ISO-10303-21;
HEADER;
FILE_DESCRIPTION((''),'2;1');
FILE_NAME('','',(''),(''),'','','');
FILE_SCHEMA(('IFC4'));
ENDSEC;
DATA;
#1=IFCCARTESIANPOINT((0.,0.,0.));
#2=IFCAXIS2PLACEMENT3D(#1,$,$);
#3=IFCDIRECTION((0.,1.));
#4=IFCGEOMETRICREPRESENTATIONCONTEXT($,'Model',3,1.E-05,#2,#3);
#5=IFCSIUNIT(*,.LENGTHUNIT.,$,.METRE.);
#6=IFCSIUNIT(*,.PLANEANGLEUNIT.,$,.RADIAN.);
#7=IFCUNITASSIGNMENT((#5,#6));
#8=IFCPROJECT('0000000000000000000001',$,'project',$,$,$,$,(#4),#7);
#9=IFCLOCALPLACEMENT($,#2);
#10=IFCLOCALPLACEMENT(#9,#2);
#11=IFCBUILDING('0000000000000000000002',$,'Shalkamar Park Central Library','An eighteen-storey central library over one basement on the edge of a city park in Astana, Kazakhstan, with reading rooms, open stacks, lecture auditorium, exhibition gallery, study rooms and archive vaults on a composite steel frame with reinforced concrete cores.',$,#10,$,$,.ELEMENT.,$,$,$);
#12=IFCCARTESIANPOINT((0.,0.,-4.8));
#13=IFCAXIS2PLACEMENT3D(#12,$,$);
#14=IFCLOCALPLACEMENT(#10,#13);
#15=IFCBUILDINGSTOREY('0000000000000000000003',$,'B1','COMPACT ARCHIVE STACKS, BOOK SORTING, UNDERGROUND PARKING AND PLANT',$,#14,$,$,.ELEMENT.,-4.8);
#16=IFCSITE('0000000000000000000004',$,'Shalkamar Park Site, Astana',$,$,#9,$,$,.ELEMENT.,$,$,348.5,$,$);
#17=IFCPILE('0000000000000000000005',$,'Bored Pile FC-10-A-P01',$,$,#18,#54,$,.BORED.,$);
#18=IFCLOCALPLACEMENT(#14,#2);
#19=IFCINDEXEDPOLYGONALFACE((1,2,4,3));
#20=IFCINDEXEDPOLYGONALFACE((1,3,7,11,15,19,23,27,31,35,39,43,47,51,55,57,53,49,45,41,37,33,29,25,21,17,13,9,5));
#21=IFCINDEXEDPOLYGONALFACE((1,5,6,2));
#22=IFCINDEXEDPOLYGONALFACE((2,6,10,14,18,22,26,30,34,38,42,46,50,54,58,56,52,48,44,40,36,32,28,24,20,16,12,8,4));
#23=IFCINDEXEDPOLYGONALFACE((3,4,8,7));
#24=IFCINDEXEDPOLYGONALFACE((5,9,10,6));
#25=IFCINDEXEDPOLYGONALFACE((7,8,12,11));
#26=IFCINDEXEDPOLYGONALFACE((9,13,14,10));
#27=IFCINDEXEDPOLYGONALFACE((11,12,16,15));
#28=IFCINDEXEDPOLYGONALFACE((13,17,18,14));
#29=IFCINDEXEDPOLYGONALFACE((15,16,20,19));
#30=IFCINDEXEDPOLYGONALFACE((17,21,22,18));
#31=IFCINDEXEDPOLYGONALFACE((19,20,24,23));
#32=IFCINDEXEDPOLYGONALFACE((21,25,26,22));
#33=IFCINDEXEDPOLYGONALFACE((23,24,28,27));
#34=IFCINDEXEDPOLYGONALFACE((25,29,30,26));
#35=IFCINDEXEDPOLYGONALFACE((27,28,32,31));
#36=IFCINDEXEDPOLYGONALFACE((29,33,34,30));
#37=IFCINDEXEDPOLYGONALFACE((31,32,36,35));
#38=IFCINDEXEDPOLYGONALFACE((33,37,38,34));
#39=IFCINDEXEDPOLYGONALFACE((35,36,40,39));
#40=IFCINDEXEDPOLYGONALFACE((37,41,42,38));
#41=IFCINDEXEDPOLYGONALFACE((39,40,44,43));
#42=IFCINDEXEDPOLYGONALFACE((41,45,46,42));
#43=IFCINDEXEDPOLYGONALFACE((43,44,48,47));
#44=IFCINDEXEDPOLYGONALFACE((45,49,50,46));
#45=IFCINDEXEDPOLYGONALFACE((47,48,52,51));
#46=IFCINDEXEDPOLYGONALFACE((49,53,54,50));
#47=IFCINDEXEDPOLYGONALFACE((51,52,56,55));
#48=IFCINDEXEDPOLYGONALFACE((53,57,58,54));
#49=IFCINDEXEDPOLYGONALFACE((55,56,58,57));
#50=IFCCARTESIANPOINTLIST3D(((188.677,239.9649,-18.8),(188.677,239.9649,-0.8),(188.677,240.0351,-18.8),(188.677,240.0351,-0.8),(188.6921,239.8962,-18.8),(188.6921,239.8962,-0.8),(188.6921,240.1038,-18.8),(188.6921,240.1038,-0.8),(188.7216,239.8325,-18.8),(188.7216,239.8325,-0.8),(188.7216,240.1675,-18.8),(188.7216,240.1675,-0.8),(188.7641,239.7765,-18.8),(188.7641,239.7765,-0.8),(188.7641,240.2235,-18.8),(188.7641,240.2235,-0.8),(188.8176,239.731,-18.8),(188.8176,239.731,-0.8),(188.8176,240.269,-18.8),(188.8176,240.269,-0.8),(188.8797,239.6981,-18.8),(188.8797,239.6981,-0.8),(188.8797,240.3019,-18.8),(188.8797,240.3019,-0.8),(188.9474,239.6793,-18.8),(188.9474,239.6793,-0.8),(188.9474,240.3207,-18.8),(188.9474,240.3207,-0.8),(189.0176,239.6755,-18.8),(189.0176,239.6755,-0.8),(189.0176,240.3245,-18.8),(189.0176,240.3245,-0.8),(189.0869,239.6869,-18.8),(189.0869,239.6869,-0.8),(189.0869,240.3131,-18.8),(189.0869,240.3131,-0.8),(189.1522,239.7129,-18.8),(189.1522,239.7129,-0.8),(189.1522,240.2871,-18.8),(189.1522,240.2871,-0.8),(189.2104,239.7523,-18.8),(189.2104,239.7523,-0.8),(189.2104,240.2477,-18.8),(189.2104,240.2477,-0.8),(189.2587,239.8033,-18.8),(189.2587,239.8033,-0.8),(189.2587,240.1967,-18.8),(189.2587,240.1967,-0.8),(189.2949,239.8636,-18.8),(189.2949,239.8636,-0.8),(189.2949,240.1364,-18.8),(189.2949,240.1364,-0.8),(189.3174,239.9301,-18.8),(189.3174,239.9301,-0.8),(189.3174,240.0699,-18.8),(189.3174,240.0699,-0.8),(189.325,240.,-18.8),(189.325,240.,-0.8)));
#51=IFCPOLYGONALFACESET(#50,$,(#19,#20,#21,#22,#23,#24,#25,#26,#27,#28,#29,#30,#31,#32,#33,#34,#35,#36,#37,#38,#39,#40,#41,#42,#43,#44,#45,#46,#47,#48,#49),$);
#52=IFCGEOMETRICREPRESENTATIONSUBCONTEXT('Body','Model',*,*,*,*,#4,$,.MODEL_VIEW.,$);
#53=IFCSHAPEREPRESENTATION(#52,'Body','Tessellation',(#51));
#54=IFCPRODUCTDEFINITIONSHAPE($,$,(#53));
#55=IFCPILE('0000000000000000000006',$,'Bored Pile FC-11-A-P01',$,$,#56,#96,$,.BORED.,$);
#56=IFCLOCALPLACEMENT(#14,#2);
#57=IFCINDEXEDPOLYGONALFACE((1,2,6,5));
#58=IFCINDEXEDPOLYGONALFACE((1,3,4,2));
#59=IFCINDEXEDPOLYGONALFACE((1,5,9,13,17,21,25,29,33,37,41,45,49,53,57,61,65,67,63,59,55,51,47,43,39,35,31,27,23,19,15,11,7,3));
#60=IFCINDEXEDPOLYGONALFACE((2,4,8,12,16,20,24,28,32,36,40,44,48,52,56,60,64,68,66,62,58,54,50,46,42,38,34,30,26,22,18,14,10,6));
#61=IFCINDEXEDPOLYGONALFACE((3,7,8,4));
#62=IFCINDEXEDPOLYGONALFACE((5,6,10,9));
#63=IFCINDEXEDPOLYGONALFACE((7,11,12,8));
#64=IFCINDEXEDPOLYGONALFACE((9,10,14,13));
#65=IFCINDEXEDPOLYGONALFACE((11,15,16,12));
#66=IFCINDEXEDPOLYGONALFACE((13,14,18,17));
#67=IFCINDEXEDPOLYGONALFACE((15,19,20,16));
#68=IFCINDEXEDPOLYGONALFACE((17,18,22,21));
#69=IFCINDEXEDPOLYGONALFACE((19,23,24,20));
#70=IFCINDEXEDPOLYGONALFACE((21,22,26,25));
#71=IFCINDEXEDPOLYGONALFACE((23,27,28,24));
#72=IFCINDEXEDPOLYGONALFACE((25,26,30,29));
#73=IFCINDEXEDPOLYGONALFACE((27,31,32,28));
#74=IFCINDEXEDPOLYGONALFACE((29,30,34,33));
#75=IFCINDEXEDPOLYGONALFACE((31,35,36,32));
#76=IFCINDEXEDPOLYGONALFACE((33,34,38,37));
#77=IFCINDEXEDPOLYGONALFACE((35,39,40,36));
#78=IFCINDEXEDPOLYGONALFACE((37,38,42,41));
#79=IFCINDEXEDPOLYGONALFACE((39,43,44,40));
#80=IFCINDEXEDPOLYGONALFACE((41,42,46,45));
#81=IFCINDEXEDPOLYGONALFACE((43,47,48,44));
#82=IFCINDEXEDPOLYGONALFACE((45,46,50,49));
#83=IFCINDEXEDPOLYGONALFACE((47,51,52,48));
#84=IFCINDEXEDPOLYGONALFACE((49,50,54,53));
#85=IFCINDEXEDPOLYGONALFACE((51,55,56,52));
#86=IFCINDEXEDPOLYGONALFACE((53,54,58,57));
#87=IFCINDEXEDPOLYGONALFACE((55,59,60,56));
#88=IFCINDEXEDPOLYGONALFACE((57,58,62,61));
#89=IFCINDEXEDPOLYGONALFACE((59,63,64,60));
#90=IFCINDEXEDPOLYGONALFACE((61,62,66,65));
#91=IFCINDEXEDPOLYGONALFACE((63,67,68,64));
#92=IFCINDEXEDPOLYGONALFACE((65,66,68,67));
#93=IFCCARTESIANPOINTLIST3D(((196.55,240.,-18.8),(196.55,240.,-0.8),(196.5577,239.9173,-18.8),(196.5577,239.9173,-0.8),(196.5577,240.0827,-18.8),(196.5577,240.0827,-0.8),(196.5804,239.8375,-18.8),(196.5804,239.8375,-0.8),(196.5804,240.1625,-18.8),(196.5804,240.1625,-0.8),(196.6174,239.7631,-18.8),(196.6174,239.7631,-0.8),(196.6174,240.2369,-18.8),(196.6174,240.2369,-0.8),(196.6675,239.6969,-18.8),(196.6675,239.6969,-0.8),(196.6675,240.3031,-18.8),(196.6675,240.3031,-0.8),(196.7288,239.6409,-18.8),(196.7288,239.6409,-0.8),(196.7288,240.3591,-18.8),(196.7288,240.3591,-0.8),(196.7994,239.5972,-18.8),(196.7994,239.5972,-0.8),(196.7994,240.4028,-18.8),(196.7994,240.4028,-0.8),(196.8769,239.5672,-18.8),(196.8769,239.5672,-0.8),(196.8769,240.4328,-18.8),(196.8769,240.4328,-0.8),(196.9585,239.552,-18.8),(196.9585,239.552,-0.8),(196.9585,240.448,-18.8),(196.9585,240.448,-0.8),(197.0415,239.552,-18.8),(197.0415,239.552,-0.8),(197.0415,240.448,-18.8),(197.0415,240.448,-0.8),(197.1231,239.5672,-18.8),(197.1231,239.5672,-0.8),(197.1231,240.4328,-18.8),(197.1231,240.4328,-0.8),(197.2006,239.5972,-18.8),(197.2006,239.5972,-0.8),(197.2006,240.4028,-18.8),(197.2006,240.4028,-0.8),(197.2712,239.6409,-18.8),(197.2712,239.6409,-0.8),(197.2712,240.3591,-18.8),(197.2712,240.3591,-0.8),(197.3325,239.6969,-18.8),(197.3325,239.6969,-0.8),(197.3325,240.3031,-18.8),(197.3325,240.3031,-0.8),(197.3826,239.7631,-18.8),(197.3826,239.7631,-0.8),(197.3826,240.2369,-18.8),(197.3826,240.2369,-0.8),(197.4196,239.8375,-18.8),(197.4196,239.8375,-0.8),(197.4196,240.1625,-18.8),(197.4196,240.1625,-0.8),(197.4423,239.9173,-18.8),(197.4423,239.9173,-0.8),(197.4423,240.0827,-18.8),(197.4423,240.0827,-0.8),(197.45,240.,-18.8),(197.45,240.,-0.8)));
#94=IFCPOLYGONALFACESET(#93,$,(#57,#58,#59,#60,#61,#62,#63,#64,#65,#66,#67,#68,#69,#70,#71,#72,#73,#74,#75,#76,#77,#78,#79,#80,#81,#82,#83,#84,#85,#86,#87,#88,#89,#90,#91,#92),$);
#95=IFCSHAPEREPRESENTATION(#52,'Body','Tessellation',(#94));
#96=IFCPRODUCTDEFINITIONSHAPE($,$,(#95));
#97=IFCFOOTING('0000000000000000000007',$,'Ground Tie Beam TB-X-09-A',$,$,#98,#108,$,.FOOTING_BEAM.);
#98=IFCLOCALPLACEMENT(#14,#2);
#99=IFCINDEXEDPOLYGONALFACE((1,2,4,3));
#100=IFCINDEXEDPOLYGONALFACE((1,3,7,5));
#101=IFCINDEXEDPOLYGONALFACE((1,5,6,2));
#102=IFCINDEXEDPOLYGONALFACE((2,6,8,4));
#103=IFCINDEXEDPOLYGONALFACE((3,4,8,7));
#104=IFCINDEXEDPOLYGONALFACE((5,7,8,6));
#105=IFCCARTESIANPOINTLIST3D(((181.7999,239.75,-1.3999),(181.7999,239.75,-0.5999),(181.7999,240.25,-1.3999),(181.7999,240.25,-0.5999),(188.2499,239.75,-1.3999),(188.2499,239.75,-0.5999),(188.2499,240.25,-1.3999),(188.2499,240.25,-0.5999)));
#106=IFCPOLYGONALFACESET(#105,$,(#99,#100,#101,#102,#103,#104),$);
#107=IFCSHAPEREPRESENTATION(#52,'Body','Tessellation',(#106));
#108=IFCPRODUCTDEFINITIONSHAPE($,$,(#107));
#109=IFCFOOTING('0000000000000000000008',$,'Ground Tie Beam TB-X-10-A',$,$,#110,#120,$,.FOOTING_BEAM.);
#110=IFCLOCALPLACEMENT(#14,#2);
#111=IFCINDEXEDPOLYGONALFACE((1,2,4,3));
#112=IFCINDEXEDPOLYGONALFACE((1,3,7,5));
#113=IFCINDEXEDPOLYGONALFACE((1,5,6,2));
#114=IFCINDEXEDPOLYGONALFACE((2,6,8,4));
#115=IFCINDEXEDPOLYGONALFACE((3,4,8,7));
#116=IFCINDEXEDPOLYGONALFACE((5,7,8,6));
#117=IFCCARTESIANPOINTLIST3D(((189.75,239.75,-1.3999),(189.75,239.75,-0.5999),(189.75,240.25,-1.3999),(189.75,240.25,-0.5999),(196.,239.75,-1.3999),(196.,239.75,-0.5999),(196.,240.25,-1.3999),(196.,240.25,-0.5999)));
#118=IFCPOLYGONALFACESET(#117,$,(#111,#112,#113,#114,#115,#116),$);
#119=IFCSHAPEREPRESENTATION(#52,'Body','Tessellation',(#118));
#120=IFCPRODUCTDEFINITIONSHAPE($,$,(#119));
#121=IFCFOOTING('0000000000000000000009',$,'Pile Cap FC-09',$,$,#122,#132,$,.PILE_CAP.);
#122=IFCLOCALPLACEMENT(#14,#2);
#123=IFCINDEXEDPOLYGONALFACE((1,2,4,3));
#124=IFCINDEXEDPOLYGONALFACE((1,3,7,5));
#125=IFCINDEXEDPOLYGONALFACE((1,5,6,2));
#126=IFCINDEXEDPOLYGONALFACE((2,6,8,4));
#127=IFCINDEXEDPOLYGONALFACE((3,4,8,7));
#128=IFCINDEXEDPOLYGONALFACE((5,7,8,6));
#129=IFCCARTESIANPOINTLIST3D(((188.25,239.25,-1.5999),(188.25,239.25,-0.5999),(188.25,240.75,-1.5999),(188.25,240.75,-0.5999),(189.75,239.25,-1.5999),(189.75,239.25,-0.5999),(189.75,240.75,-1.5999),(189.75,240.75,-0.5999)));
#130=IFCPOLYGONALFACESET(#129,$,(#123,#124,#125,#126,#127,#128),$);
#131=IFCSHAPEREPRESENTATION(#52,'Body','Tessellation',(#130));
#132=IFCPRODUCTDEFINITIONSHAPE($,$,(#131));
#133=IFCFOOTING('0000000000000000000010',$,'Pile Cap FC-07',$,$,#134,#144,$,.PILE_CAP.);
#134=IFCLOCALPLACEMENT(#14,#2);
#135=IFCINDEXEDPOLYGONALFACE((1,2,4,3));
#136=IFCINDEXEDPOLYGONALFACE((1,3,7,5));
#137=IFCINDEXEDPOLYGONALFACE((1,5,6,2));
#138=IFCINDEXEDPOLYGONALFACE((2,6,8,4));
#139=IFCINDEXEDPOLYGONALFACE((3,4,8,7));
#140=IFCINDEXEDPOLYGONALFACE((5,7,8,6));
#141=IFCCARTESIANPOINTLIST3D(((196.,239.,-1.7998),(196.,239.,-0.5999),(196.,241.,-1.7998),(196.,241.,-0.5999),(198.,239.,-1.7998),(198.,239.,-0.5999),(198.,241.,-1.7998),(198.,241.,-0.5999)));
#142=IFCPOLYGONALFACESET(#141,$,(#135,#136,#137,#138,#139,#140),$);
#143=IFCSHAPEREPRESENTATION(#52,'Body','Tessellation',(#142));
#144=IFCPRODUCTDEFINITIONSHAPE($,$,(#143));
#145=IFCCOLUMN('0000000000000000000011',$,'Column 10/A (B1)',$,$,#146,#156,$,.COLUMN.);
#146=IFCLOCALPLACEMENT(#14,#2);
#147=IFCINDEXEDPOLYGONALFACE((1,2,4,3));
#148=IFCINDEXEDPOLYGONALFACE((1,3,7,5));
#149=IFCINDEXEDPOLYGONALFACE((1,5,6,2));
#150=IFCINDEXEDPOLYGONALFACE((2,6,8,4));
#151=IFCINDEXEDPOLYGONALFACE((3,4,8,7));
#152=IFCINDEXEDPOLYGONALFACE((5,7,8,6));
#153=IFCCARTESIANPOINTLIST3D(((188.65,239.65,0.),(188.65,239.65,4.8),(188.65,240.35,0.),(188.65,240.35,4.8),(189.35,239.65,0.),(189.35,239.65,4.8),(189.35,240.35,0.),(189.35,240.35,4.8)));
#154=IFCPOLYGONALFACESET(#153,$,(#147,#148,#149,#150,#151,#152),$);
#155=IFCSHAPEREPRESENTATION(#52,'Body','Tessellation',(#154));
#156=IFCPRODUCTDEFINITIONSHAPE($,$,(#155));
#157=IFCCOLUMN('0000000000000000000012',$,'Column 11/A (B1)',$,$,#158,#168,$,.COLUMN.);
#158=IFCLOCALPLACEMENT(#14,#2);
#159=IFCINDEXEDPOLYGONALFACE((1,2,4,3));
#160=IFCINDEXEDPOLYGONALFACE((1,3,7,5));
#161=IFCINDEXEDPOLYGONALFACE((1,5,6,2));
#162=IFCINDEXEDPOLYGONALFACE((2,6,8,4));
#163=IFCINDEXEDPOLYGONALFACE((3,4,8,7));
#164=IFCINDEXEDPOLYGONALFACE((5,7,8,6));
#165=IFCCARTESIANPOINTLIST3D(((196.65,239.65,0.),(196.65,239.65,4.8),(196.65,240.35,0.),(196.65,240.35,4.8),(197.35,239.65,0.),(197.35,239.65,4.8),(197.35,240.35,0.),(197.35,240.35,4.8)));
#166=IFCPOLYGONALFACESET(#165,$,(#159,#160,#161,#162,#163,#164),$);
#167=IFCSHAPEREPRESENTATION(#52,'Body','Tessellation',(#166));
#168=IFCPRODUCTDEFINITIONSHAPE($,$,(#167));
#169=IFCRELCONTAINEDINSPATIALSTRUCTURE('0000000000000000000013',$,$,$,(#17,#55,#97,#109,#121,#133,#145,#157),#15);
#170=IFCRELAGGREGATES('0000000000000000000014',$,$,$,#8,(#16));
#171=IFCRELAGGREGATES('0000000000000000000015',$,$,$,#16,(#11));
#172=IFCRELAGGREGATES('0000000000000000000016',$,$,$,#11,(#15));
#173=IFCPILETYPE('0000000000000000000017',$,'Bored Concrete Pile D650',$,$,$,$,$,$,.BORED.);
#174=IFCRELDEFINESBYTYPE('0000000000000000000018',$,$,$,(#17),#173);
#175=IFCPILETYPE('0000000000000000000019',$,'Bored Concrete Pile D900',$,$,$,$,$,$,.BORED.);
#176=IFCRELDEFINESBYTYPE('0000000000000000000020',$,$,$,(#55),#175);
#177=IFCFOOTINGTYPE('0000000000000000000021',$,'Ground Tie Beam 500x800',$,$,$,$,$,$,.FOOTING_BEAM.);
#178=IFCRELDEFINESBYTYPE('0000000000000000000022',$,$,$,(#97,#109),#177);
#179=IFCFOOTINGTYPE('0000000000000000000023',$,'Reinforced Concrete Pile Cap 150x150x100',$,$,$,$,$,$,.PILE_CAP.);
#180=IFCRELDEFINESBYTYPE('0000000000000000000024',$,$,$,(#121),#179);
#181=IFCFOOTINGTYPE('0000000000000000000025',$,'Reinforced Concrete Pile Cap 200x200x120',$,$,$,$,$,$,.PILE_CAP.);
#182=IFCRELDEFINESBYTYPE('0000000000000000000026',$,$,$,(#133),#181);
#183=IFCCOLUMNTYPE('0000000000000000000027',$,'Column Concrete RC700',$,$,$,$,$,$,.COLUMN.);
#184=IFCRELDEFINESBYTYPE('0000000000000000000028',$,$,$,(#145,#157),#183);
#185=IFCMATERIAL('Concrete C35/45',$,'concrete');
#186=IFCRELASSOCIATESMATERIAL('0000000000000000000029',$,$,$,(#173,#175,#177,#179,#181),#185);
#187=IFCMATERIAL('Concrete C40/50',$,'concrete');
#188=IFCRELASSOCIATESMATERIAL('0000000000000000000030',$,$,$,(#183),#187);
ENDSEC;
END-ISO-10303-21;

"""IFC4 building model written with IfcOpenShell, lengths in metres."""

from ifc_helpers import new_model, si_unit, direction, frame, origin, origin_2d, place, context, subcontext, project, spatial, rectangle, circle, extrude, material, material_profile, profile_set, type_object, element, save


model = new_model("IFC4")

# Units and contexts
model_context = context("Model", 3, precision=1e-05, world=origin(), true_north=direction((0.0, 1.0)))
body_context = subcontext(model_context, "Body", "Model", "MODEL_VIEW")
ifc_project = project(units=[si_unit("LENGTHUNIT", "METRE"), si_unit("PLANEANGLEUNIT", "RADIAN")], contexts=[model_context])

# Site, building, storey
site_placement = place(None, origin())
site = spatial("IfcSite", under=ifc_project, at=site_placement, Name="Shalkamar Park Site, Astana", CompositionType="ELEMENT", RefElevation=348.5)
building_placement = place(site_placement, origin())
building = spatial("IfcBuilding", under=site, at=building_placement, Name="Shalkamar Park Central Library", Description="An eighteen-storey central library over one basement on the edge of a city park in Astana, Kazakhstan, with reading rooms, open stacks, lecture auditorium, exhibition gallery, study rooms and archive vaults on a composite steel frame with reinforced concrete cores.", CompositionType="ELEMENT")
storey_placement = place(building_placement, frame((0.0, 0.0, -4.8)))
storey = spatial("IfcBuildingStorey", under=building, at=storey_placement, Name="B1", Description="COMPACT ARCHIVE STACKS, BOOK SORTING, UNDERGROUND PARKING AND PLANT", CompositionType="ELEMENT", Elevation=-4.8)

# Piles
ifc_material_1 = material(Name="Concrete C35/45", Category="concrete")
ifc_material_profile_1 = material_profile(ifc_material_1, circle(Radius=0.325, at=origin_2d()), Name="PILE D650")
ifc_profile_set_1 = profile_set([ifc_material_profile_1], Name="Concrete C35/45")
pile_type_1 = type_object("IfcPileType", Name="Bored Concrete Pile D650", PredefinedType="BORED", material=ifc_profile_set_1)
pile_1_placement = place(storey_placement, frame((189.0, 240.0, -0.8), z_axis=(0.0, 0.0, -1.0), x_axis=(1.0, 0.0, 0.0)))
element("IfcPile", 1, at=pile_1_placement, inside=storey, type_object=pile_type_1, Name="Bored Pile FC-10-A-P01", PredefinedType="BORED", context=body_context, shape_type="SweptSolid", body=[
    extrude(circle(Radius=0.325, at=origin_2d()), origin(), (0.0, 0.0, 1.0), 18.0),
])
ifc_material_profile_2 = material_profile(ifc_material_1, circle(Radius=0.45, at=origin_2d()), Name="PILE D900")
ifc_profile_set_2 = profile_set([ifc_material_profile_2], Name="Concrete C35/45")
pile_type_2 = type_object("IfcPileType", Name="Bored Concrete Pile D900", PredefinedType="BORED", material=ifc_profile_set_2)
pile_2_placement = place(storey_placement, frame((197.0, 240.0, -0.8), z_axis=(0.0, 0.0, -1.0), x_axis=(1.0, 0.0, 0.0)))
element("IfcPile", 2, at=pile_2_placement, inside=storey, type_object=pile_type_2, Name="Bored Pile FC-11-A-P01", PredefinedType="BORED", context=body_context, shape_type="SweptSolid", body=[
    extrude(circle(Radius=0.45, at=origin_2d()), origin(), (0.0, 0.0, 1.0), 18.0),
])

# Footings
footing_type_1 = type_object("IfcFootingType", Name="Ground Tie Beam 500x800", PredefinedType="FOOTING_BEAM", material=ifc_material_1)
footing_1_placement = place(storey_placement, frame((185.0249, 240.0, -1.3999), z_axis=(0.0, 0.0, 1.0), x_axis=(1.0, 0.0, 0.0)))
element("IfcFooting", 3, at=footing_1_placement, inside=storey, type_object=footing_type_1, Name="Ground Tie Beam TB-X-09-A", PredefinedType="FOOTING_BEAM", context=body_context, shape_type="SweptSolid", body=[
    extrude(rectangle(XDim=6.45, YDim=0.5, at=origin_2d()), origin(), (0.0, 0.0, 1.0), 0.8),
])
footing_2_placement = place(storey_placement, frame((192.875, 240.0, -1.3999), z_axis=(0.0, 0.0, 1.0), x_axis=(1.0, 0.0, 0.0)))
element("IfcFooting", 4, at=footing_2_placement, inside=storey, type_object=footing_type_1, Name="Ground Tie Beam TB-X-10-A", PredefinedType="FOOTING_BEAM", context=body_context, shape_type="SweptSolid", body=[
    extrude(rectangle(XDim=6.25, YDim=0.5, at=origin_2d()), origin(), (0.0, 0.0, 1.0), 0.8),
])
footing_type_2 = type_object("IfcFootingType", Name="Reinforced Concrete Pile Cap 150x150x100", PredefinedType="PILE_CAP", material=ifc_material_1)
footing_3_placement = place(storey_placement, frame((189.0, 240.0, -1.5999), z_axis=(0.0, 0.0, 1.0), x_axis=(1.0, 0.0, 0.0)))
element("IfcFooting", 5, at=footing_3_placement, inside=storey, type_object=footing_type_2, Name="Pile Cap FC-09", PredefinedType="PILE_CAP", context=body_context, shape_type="SweptSolid", body=[
    extrude(rectangle(XDim=1.5, YDim=1.5, at=origin_2d()), origin(), (0.0, 0.0, 1.0), 1.0),
])
footing_type_3 = type_object("IfcFootingType", Name="Reinforced Concrete Pile Cap 200x200x120", PredefinedType="PILE_CAP", material=ifc_material_1)
footing_4_placement = place(storey_placement, frame((197.0, 240.0, -1.7998), z_axis=(0.0, 0.0, 1.0), x_axis=(1.0, 0.0, 0.0)))
element("IfcFooting", 6, at=footing_4_placement, inside=storey, type_object=footing_type_3, Name="Pile Cap FC-07", PredefinedType="PILE_CAP", context=body_context, shape_type="SweptSolid", body=[
    extrude(rectangle(XDim=2.0, YDim=2.0, at=origin_2d()), origin(), (0.0, 0.0, 1.0), 1.2),
])

# Columns
ifc_material_2 = material(Name="Concrete C40/50", Category="concrete")
ifc_material_profile_3 = material_profile(ifc_material_2, rectangle(XDim=0.7, YDim=0.7, at=origin_2d()), Name="RC 700x700")
ifc_profile_set_3 = profile_set([ifc_material_profile_3], Name="Concrete C40/50")
column_type = type_object("IfcColumnType", Name="Column Concrete RC700", PredefinedType="COLUMN", material=ifc_profile_set_3)
for number, where, z_axis, x_axis, name in (
    (7, (189.0, 240.0, 0.0), (0.0, 0.0, 1.0), (1.0, 0.0, 0.0), "Column 10/A (B1)"),
    (8, (197.0, 240.0, 0.0), (0.0, 0.0, 1.0), (1.0, 0.0, 0.0), "Column 11/A (B1)"),
):
    element("IfcColumn", number, at=place(storey_placement, frame(where, z_axis=z_axis, x_axis=x_axis)), inside=storey, type_object=column_type, Name=name, PredefinedType="COLUMN", context=body_context, shape_type="SweptSolid", body=[
        extrude(rectangle(XDim=0.7, YDim=0.7, at=origin_2d()), origin(), (0.0, 0.0, 1.0), 4.8),
    ])

save(model, "model.ifc")
